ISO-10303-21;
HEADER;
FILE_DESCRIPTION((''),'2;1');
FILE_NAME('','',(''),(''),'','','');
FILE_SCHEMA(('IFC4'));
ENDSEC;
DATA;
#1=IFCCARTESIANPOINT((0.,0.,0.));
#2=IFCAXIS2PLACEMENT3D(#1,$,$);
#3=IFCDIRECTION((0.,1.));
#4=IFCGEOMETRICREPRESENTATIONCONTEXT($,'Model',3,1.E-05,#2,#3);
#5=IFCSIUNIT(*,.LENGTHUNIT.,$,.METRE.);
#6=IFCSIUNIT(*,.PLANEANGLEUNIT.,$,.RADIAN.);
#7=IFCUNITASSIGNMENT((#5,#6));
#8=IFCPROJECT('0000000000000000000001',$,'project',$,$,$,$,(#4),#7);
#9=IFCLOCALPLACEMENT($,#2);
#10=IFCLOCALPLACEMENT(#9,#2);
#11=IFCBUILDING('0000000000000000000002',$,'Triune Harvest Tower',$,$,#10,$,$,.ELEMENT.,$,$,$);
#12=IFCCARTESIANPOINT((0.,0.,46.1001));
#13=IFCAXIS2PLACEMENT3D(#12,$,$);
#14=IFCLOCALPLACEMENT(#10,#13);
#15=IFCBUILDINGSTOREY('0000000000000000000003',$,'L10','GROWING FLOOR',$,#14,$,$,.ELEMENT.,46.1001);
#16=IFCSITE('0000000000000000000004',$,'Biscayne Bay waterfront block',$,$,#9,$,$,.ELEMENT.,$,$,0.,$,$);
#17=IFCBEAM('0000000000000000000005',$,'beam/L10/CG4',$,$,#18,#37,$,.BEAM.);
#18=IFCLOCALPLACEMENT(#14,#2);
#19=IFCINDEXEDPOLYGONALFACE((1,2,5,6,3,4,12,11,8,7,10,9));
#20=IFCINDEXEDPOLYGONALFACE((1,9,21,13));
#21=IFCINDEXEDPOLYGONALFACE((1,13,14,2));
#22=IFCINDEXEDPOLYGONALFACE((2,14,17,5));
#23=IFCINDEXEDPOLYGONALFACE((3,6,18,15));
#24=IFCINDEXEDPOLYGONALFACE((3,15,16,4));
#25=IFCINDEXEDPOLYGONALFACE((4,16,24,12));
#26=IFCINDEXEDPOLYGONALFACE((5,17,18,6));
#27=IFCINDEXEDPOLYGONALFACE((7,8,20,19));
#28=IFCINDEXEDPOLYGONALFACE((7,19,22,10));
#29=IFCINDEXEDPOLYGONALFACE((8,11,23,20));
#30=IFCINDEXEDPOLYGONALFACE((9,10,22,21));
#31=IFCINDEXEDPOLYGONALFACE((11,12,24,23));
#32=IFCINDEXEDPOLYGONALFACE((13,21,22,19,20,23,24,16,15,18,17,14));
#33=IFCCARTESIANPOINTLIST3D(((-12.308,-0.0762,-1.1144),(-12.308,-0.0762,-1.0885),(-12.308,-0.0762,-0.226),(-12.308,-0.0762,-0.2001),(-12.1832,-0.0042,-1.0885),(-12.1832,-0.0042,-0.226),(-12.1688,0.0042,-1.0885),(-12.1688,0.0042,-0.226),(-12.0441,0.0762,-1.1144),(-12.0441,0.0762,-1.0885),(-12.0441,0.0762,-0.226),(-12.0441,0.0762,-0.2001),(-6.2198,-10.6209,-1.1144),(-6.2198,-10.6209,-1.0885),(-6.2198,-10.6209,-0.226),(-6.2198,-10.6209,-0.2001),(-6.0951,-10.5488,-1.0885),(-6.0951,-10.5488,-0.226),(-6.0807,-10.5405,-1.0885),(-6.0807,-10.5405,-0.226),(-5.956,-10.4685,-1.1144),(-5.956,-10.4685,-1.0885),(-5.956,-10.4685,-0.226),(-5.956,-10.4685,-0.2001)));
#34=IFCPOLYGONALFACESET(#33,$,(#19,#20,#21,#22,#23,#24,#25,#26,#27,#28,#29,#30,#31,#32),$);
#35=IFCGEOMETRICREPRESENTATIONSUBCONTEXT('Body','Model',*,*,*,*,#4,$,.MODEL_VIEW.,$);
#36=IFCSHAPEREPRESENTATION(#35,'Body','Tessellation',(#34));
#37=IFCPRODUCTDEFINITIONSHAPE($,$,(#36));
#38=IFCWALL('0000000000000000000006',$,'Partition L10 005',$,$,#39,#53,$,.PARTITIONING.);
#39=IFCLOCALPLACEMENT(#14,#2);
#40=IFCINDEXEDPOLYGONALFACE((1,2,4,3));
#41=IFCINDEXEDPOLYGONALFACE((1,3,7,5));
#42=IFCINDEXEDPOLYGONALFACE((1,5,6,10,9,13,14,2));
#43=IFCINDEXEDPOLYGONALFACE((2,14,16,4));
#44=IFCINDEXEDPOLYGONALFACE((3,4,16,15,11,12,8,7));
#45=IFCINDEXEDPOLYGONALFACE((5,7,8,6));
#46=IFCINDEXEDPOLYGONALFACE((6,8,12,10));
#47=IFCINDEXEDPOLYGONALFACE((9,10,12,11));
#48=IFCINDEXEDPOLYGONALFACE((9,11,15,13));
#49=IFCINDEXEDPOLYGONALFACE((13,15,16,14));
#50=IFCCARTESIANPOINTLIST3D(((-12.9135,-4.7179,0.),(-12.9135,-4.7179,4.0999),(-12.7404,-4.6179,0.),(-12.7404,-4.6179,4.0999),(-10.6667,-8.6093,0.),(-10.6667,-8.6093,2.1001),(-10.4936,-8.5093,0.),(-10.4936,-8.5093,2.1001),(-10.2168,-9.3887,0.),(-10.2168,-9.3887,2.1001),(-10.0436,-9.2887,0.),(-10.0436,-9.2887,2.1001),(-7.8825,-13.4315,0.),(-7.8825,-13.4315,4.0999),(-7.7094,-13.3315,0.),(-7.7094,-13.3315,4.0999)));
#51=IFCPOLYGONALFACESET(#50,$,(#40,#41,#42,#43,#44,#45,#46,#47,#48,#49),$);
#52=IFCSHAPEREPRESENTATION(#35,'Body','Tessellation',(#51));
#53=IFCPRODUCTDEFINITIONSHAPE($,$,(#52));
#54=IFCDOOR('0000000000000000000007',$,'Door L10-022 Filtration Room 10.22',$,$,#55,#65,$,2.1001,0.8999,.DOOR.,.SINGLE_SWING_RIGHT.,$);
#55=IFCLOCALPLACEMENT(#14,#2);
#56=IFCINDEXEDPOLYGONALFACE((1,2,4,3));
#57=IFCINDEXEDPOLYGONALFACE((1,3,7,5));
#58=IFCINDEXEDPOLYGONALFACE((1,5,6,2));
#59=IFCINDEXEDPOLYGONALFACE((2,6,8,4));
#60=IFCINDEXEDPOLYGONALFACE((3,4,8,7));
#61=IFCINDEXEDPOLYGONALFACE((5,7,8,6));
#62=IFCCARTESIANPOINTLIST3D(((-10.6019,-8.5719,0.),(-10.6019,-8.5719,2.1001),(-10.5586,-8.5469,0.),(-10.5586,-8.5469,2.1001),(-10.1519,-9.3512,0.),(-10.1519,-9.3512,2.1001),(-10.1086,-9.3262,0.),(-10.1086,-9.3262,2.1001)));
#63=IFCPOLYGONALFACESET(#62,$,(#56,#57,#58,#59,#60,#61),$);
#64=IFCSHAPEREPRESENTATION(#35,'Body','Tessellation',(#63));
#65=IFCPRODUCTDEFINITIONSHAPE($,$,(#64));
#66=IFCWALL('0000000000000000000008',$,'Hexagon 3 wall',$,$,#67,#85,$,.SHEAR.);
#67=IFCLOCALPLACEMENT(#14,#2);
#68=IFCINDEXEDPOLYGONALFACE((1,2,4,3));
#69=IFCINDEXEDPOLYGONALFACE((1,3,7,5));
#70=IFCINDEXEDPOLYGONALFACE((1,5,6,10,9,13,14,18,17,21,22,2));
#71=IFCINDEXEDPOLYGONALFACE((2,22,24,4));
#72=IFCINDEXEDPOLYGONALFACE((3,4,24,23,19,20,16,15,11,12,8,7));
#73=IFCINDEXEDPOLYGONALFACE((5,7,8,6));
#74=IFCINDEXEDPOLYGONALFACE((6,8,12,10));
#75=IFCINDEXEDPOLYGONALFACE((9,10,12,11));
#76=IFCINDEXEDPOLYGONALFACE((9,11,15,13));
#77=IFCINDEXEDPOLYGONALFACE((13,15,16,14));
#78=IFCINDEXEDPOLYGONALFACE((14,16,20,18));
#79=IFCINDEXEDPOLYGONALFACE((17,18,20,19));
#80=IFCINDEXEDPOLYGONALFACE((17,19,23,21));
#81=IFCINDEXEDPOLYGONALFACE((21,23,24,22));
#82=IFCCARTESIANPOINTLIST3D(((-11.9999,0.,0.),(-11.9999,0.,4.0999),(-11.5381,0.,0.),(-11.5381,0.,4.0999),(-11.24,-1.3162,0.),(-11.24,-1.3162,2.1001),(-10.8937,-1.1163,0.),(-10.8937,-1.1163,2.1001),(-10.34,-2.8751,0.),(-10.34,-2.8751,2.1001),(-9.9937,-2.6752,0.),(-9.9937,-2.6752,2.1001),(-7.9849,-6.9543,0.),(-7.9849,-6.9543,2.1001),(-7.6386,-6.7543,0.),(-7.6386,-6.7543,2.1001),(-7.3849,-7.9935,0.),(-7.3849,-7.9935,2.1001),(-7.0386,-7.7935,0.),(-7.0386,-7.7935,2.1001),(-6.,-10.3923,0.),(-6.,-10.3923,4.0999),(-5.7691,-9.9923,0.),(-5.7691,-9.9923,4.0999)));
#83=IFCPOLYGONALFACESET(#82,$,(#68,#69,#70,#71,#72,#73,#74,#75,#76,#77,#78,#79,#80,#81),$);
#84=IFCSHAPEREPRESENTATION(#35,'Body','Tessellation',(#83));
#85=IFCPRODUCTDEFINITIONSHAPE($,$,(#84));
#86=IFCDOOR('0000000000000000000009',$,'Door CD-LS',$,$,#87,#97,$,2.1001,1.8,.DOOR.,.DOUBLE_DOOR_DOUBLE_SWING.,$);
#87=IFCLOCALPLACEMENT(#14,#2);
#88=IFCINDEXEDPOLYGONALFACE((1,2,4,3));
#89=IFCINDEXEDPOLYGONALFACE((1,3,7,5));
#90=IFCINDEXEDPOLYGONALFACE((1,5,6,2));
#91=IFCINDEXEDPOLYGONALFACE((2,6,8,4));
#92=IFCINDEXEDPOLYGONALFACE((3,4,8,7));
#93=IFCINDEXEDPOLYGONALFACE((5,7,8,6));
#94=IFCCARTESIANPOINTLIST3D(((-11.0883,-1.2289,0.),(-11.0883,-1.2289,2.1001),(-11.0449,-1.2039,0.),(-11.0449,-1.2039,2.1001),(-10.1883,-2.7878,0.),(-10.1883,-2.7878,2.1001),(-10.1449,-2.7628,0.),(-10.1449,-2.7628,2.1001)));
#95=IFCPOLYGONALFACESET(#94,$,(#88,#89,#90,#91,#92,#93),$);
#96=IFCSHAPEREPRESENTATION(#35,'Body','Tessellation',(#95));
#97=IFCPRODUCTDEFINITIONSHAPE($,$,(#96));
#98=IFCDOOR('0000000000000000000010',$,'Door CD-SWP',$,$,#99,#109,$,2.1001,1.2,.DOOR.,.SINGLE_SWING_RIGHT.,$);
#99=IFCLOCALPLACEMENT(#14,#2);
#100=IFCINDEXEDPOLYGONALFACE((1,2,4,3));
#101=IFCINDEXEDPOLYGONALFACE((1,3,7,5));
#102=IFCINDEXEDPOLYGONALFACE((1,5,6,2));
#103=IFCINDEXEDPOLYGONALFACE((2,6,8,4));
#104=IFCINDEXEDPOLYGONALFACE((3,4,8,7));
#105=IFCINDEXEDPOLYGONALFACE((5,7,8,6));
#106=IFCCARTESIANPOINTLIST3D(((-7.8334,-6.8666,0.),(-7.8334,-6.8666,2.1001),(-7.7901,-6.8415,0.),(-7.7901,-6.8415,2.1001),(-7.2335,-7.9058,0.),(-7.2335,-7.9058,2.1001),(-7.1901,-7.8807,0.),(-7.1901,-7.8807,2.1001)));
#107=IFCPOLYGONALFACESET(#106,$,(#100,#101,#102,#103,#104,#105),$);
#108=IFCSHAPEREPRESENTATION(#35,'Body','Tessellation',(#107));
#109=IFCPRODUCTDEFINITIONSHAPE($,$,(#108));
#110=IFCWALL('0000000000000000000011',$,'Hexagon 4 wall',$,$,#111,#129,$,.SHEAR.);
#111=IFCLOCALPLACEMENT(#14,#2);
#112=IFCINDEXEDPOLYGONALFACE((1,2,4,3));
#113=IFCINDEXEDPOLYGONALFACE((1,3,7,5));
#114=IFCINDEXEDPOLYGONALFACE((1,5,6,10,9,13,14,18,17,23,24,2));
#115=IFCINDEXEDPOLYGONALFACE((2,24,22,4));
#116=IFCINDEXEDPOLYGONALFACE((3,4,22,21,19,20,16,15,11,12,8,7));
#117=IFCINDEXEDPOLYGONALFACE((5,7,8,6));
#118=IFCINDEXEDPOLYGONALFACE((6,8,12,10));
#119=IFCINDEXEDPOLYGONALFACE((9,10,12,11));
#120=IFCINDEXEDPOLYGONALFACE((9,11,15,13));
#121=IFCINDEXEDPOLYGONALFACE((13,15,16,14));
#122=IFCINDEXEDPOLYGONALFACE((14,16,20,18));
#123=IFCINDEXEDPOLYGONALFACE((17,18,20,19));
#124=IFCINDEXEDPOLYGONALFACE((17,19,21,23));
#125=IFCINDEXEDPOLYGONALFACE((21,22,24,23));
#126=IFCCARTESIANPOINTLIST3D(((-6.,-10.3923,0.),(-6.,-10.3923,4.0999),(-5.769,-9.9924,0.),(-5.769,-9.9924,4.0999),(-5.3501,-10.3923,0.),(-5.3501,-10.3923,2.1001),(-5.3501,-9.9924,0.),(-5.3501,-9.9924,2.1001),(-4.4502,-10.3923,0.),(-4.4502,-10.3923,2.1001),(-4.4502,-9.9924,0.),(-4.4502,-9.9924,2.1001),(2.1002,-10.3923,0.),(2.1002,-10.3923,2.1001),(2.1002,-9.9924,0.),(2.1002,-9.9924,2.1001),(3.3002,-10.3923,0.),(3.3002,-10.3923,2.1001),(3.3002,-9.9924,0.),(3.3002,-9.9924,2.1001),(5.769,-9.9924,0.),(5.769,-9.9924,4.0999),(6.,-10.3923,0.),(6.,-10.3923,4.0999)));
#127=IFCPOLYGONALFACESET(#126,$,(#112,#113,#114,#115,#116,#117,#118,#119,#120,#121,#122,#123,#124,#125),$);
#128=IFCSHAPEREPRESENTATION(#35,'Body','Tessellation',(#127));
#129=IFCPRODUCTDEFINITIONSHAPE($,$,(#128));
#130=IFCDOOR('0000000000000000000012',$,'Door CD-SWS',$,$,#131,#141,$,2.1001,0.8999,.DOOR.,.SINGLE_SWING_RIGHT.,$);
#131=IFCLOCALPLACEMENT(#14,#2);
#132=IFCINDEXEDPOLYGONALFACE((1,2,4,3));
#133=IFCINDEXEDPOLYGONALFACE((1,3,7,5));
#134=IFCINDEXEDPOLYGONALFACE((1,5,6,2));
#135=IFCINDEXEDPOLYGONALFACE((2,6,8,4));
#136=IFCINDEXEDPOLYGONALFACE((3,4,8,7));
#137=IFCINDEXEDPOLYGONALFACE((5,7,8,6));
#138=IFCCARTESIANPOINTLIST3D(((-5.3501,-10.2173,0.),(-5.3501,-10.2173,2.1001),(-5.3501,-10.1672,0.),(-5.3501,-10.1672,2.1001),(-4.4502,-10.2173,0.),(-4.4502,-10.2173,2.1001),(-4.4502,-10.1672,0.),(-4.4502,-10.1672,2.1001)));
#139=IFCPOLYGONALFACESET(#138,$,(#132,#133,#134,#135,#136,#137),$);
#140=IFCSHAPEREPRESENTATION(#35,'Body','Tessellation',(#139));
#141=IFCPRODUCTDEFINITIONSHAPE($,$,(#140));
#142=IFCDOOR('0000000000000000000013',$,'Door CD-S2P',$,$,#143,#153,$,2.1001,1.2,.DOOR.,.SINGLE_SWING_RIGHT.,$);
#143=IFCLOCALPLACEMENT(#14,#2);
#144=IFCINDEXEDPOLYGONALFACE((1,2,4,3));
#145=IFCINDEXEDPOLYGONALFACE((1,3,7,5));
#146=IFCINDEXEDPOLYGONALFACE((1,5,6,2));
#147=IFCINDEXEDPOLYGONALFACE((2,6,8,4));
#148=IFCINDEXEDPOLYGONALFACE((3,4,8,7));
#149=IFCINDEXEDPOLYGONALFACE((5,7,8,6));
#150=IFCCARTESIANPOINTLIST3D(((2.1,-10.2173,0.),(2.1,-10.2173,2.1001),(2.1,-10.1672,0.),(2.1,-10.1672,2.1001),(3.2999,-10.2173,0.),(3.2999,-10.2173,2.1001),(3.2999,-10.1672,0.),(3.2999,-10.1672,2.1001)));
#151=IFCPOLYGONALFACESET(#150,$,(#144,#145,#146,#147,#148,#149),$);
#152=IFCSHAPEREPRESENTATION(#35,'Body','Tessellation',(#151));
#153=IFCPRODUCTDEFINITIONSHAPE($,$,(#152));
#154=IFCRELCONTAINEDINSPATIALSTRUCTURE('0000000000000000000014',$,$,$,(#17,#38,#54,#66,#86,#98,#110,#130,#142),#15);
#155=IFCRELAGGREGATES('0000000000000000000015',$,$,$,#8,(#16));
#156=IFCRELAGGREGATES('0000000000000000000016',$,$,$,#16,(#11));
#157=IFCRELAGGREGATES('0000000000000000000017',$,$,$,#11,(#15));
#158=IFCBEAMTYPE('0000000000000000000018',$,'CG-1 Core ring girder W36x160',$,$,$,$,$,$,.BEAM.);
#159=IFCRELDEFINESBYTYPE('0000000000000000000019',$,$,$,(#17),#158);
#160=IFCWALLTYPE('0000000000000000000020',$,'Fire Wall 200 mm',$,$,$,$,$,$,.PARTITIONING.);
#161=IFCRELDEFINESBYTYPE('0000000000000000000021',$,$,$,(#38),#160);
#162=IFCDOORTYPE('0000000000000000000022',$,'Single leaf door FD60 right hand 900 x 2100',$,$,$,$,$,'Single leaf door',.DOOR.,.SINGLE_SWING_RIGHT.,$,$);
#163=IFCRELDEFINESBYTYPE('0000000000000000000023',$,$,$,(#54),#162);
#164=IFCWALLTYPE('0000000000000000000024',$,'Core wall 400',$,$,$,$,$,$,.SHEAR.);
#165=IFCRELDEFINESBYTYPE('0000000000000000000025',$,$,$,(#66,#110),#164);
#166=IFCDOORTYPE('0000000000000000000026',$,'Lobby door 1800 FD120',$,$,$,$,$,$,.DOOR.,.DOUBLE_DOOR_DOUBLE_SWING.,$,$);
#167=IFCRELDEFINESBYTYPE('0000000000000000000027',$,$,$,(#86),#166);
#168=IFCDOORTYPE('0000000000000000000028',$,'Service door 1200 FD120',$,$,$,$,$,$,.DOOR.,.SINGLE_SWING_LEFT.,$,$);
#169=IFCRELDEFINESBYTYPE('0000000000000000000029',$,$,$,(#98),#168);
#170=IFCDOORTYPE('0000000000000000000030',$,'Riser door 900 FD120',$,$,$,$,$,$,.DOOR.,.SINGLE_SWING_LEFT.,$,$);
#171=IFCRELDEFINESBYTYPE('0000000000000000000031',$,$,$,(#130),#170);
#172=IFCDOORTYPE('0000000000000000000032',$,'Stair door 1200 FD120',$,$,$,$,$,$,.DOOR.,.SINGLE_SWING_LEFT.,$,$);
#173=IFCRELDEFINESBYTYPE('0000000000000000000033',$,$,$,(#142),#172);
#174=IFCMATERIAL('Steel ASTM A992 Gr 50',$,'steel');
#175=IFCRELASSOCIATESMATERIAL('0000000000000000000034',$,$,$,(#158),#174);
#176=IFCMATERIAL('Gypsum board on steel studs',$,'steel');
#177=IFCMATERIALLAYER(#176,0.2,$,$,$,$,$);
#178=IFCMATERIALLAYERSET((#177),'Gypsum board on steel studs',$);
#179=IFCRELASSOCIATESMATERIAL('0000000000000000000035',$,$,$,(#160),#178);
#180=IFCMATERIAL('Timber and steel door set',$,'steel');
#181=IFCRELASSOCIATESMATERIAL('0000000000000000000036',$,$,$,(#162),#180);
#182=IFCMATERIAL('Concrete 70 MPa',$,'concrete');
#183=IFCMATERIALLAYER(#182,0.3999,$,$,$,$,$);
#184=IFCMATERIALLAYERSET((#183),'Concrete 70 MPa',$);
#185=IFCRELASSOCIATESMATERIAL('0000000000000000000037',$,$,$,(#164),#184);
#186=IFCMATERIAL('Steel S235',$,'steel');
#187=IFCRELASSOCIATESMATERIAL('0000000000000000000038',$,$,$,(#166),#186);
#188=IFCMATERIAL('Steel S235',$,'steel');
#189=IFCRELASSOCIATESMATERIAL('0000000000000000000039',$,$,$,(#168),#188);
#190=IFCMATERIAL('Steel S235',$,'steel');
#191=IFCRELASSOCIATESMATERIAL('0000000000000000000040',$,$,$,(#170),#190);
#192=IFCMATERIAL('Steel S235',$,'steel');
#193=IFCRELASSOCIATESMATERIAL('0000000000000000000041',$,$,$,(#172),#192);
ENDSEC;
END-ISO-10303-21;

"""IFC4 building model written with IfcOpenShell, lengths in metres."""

from ifc_helpers import new_model, si_unit, direction, frame, frame_2d, origin, origin_2d, place, context, subcontext, project, spatial, polyline, rectangle, i_section, outline, extrude, source, transform, mapped, material, layer, layer_set, material_profile, profile_set, type_object, element, fill, save


model = new_model("IFC4")

# Units and contexts
model_context = context("Model", 3, precision=1e-05, world=origin(), true_north=direction((0.0, 1.0)))
body_context = subcontext(model_context, "Body", "Model", "MODEL_VIEW")
ifc_project = project(units=[si_unit("LENGTHUNIT", "METRE"), si_unit("PLANEANGLEUNIT", "RADIAN")], contexts=[model_context])

# Site, building, storey
site_placement = place(None, origin())
site = spatial("IfcSite", under=ifc_project, at=site_placement, Name="Biscayne Bay waterfront block", CompositionType="ELEMENT", RefElevation=0.0)
building_placement = place(site_placement, origin())
building = spatial("IfcBuilding", under=site, at=building_placement, Name="Triune Harvest Tower", CompositionType="ELEMENT")
storey_placement = place(building_placement, frame((0.0, 0.0, 46.1001)))
storey = spatial("IfcBuildingStorey", under=building, at=storey_placement, Name="L10", Description="GROWING FLOOR", CompositionType="ELEMENT", Elevation=46.1001)

# Beam
ifc_material_1 = material(Name="Steel ASTM A992 Gr 50", Category="steel")
ifc_material_profile = material_profile(ifc_material_1, i_section(OverallWidth=0.3047, OverallDepth=0.9143, WebThickness=0.0166, FlangeThickness=0.0259, at=origin_2d()), Name="W36x160")
ifc_profile_set = profile_set([ifc_material_profile], Name="Steel ASTM A992 Gr 50")
beam_type = type_object("IfcBeamType", Name="CG-1 Core ring girder W36x160", PredefinedType="BEAM", material=ifc_profile_set)
shared_shape_1 = source(origin(), body_context, "Body", "SweptSolid", [
    extrude(i_section(OverallWidth=0.3047, OverallDepth=0.9143, WebThickness=0.0166, FlangeThickness=0.0259, at=origin_2d()), origin(), (0.0, 0.0, 1.0), 12.176),
])
beam_placement = place(storey_placement, frame((-12.176, 0.0, -0.6572), z_axis=(0.50001, -0.86602, 0.0), x_axis=(0.86602, 0.50001, 0.0)))
element("IfcBeam", 1, at=beam_placement, inside=storey, type_object=beam_type, Name="beam/L10/CG4", PredefinedType="BEAM", context=body_context, shape_type="MappedRepresentation", body=[
    mapped(shared_shape_1, transform((0.0, 0.0, 0.0), scale=1.0)),
])

# Wall, opening, door
ifc_material_2 = material(Name="Gypsum board on steel studs", Category="steel")
ifc_layer_1 = layer(ifc_material_2, 0.2)
ifc_layer_set_1 = layer_set([ifc_layer_1], Name="Gypsum board on steel studs")
wall_type_1 = type_object("IfcWallType", Name="Fire Wall 200 mm", PredefinedType="PARTITIONING", material=ifc_layer_set_1)
wall_1_placement = place(storey_placement, frame((-12.8269, -4.668, 0.0), z_axis=(0.0, 0.0, 1.0), x_axis=(0.500014, -0.866017, 0.0)))
wall_1 = element("IfcWall", 2, at=wall_1_placement, inside=storey, type_object=wall_type_1, Name="Partition L10 005", PredefinedType="PARTITIONING", context=body_context, shape_type="SweptSolid", body=[
    extrude(rectangle(XDim=10.0618, YDim=0.2, at=frame_2d((5.0308, 0.0))), origin(), (0.0, 0.0, 1.0), 4.0999),
])
opening_1_placement = place(wall_1_placement, frame((4.4934, 0.0, 0.0)))
opening_1 = element("IfcOpeningElement", 3, at=opening_1_placement, cuts=wall_1, PredefinedType="OPENING", context=body_context, shape_type="SweptSolid", body=[
    extrude(rectangle(XDim=0.8999, YDim=2.1001, at=frame_2d((0.45, 1.05))), frame((0.0, 0.1099, 0.0), z_axis=(0.0, -1.0, 0.0), x_axis=(1.0, 0.0, 0.0)), (0.0, 0.0, 1.0), 0.22),
])
ifc_material_3 = material(Name="Timber and steel door set", Category="steel")
door_type_1 = type_object("IfcDoorType", Name="Single leaf door FD60 right hand 900 x 2100", ElementType="Single leaf door", OperationType="SINGLE_SWING_RIGHT", PredefinedType="DOOR", material=ifc_material_3)
door_1_placement = place(opening_1_placement, origin())
door_1 = element("IfcDoor", 4, at=door_1_placement, inside=storey, type_object=door_type_1, Name="Door L10-022 Filtration Room 10.22", OperationType="SINGLE_SWING_RIGHT", OverallHeight=2.1001, OverallWidth=0.8999, PredefinedType="DOOR", context=body_context, shape_type="SweptSolid", body=[
    extrude(rectangle(XDim=0.8999, YDim=2.1001, at=frame_2d((0.45, 1.05))), frame((0.0, 0.0249, 0.0), z_axis=(0.0, -1.0, 0.0), x_axis=(1.0, 0.0, 0.0)), (0.0, 0.0, 1.0), 0.05),
])
fill(opening_1, door_1)

# Walls, openings, doors
ifc_material_4 = material(Name="Concrete 70 MPa", Category="concrete")
ifc_layer_2 = layer(ifc_material_4, 0.3999)
ifc_layer_set_2 = layer_set([ifc_layer_2], Name="Concrete 70 MPa")
wall_type_2 = type_object("IfcWallType", Name="Core wall 400", PredefinedType="SHEAR", material=ifc_layer_set_2)
shared_shape_2 = source(origin(), body_context, "Body", "SweptSolid", [
    extrude(outline(polyline([(-0.1155, -0.2), (11.8845, -0.2), (11.6536, 0.2), (0.1155, 0.2), (-0.1155, -0.2)])), origin(), (0.0, 0.0, 1.0), 4.0999),
])
wall_2_placement = place(storey_placement, frame((-11.769, 0.0, 0.0), z_axis=(0.0, 0.0, 1.0), x_axis=(0.499997, -0.866027, 0.0)))
wall_2 = element("IfcWall", 5, at=wall_2_placement, inside=storey, type_object=wall_type_2, Name="Hexagon 3 wall", PredefinedType="SHEAR", context=body_context, shape_type="MappedRepresentation", body=[
    mapped(shared_shape_2, transform((0.0, 0.0, 0.0), scale=1.0)),
])
opening_2_placement = place(wall_2_placement, frame((1.4045, 0.0, 0.0)))
opening_2 = element("IfcOpeningElement", 6, at=opening_2_placement, cuts=wall_2, PredefinedType="OPENING", context=body_context, shape_type="SweptSolid", body=[
    extrude(rectangle(XDim=1.8, YDim=2.1001, at=frame_2d((0.8999, 1.05))), frame((0.0, 0.21, 0.0), z_axis=(0.0, -1.0, 0.0), x_axis=(1.0, 0.0, 0.0)), (0.0, 0.0, 1.0), 0.4199),
])
opening_3_placement = place(wall_2_placement, frame((7.9146, 0.0, 0.0)))
opening_3 = element("IfcOpeningElement", 7, at=opening_3_placement, cuts=wall_2, PredefinedType="OPENING", context=body_context, shape_type="SweptSolid", body=[
    extrude(rectangle(XDim=1.2, YDim=2.1001, at=frame_2d((0.6001, 1.05))), frame((0.0, 0.21, 0.0), z_axis=(0.0, -1.0, 0.0), x_axis=(1.0, 0.0, 0.0)), (0.0, 0.0, 1.0), 0.4199),
])
ifc_material_5 = material(Name="Steel S235", Category="steel")
door_type_2 = type_object("IfcDoorType", Name="Lobby door 1800 FD120", OperationType="DOUBLE_DOOR_DOUBLE_SWING", PredefinedType="DOOR", material=ifc_material_5)
door_2_placement = place(opening_2_placement, frame((1.8, 0.0, 0.0), z_axis=(0.0, 0.0, 1.0), x_axis=(-1.0, 0.0, 0.0)))
door_2 = element("IfcDoor", 8, at=door_2_placement, inside=storey, type_object=door_type_2, Name="Door CD-LS", OperationType="DOUBLE_DOOR_DOUBLE_SWING", OverallHeight=2.1001, OverallWidth=1.8, PredefinedType="DOOR", context=body_context, shape_type="SweptSolid", body=[
    extrude(rectangle(XDim=1.8, YDim=2.1001, at=frame_2d((0.8999, 1.05))), frame((0.0, 0.0249, 0.0), z_axis=(0.0, -1.0, 0.0), x_axis=(1.0, 0.0, 0.0)), (0.0, 0.0, 1.0), 0.05),
])
fill(opening_2, door_2)
ifc_material_6 = material(Name="Steel S235", Category="steel")
door_type_3 = type_object("IfcDoorType", Name="Service door 1200 FD120", OperationType="SINGLE_SWING_LEFT", PredefinedType="DOOR", material=ifc_material_6)
door_3_placement = place(opening_3_placement, frame((1.2, 0.0, 0.0), z_axis=(0.0, 0.0, 1.0), x_axis=(-1.0, 0.0, 0.0)))
door_3 = element("IfcDoor", 9, at=door_3_placement, inside=storey, type_object=door_type_3, Name="Door CD-SWP", OperationType="SINGLE_SWING_RIGHT", OverallHeight=2.1001, OverallWidth=1.2, PredefinedType="DOOR", context=body_context, shape_type="SweptSolid", body=[
    extrude(rectangle(XDim=1.2, YDim=2.1001, at=frame_2d((0.6001, 1.05))), frame((0.0, 0.0249, 0.0), z_axis=(0.0, -1.0, 0.0), x_axis=(1.0, 0.0, 0.0)), (0.0, 0.0, 1.0), 0.05),
])
fill(opening_3, door_3)
wall_3_placement = place(storey_placement, frame((-5.8845, -10.1924, 0.0), z_axis=(0.0, 0.0, 1.0), x_axis=(1.0, 0.0, 0.0)))
wall_3 = element("IfcWall", 10, at=wall_3_placement, inside=storey, type_object=wall_type_2, Name="Hexagon 4 wall", PredefinedType="SHEAR", context=body_context, shape_type="MappedRepresentation", body=[
    mapped(shared_shape_2, transform((0.0, 0.0, 0.0), scale=1.0)),
])
opening_4_placement = place(wall_3_placement, frame((7.9846, 0.0, 0.0)))
opening_4 = element("IfcOpeningElement", 11, at=opening_4_placement, cuts=wall_3, PredefinedType="OPENING", context=body_context, shape_type="SweptSolid", body=[
    extrude(rectangle(XDim=1.2, YDim=2.1001, at=frame_2d((0.6001, 1.05))), frame((0.0, 0.21, 0.0), z_axis=(0.0, -1.0, 0.0), x_axis=(1.0, 0.0, 0.0)), (0.0, 0.0, 1.0), 0.4199),
])
opening_5_placement = place(wall_3_placement, frame((0.5344, 0.0, 0.0)))
opening_5 = element("IfcOpeningElement", 12, at=opening_5_placement, cuts=wall_3, PredefinedType="OPENING", context=body_context, shape_type="SweptSolid", body=[
    extrude(rectangle(XDim=0.8999, YDim=2.1001, at=frame_2d((0.45, 1.05))), frame((0.0, 0.21, 0.0), z_axis=(0.0, -1.0, 0.0), x_axis=(1.0, 0.0, 0.0)), (0.0, 0.0, 1.0), 0.4199),
])
ifc_material_7 = material(Name="Steel S235", Category="steel")
door_type_4 = type_object("IfcDoorType", Name="Riser door 900 FD120", OperationType="SINGLE_SWING_LEFT", PredefinedType="DOOR", material=ifc_material_7)
door_4_placement = place(opening_5_placement, frame((0.8999, 0.0, 0.0), z_axis=(0.0, 0.0, 1.0), x_axis=(-1.0, 0.0, 0.0)))
door_4 = element("IfcDoor", 13, at=door_4_placement, inside=storey, type_object=door_type_4, Name="Door CD-SWS", OperationType="SINGLE_SWING_RIGHT", OverallHeight=2.1001, OverallWidth=0.8999, PredefinedType="DOOR", context=body_context, shape_type="SweptSolid", body=[
    extrude(rectangle(XDim=0.8999, YDim=2.1001, at=frame_2d((0.45, 1.05))), frame((0.0, 0.0249, 0.0), z_axis=(0.0, -1.0, 0.0), x_axis=(1.0, 0.0, 0.0)), (0.0, 0.0, 1.0), 0.05),
])
fill(opening_5, door_4)
ifc_material_8 = material(Name="Steel S235", Category="steel")
door_type_5 = type_object("IfcDoorType", Name="Stair door 1200 FD120", OperationType="SINGLE_SWING_LEFT", PredefinedType="DOOR", material=ifc_material_8)
door_5_placement = place(opening_4_placement, frame((1.2, 0.0, 0.0), z_axis=(0.0, 0.0, 1.0), x_axis=(-1.0, 0.0, 0.0)))
door_5 = element("IfcDoor", 14, at=door_5_placement, inside=storey, type_object=door_type_5, Name="Door CD-S2P", OperationType="SINGLE_SWING_RIGHT", OverallHeight=2.1001, OverallWidth=1.2, PredefinedType="DOOR", context=body_context, shape_type="SweptSolid", body=[
    extrude(rectangle(XDim=1.2, YDim=2.1001, at=frame_2d((0.6001, 1.05))), frame((0.0, 0.0249, 0.0), z_axis=(0.0, -1.0, 0.0), x_axis=(1.0, 0.0, 0.0)), (0.0, 0.0, 1.0), 0.05),
])
fill(opening_4, door_5)

save(model, "model.ifc")
